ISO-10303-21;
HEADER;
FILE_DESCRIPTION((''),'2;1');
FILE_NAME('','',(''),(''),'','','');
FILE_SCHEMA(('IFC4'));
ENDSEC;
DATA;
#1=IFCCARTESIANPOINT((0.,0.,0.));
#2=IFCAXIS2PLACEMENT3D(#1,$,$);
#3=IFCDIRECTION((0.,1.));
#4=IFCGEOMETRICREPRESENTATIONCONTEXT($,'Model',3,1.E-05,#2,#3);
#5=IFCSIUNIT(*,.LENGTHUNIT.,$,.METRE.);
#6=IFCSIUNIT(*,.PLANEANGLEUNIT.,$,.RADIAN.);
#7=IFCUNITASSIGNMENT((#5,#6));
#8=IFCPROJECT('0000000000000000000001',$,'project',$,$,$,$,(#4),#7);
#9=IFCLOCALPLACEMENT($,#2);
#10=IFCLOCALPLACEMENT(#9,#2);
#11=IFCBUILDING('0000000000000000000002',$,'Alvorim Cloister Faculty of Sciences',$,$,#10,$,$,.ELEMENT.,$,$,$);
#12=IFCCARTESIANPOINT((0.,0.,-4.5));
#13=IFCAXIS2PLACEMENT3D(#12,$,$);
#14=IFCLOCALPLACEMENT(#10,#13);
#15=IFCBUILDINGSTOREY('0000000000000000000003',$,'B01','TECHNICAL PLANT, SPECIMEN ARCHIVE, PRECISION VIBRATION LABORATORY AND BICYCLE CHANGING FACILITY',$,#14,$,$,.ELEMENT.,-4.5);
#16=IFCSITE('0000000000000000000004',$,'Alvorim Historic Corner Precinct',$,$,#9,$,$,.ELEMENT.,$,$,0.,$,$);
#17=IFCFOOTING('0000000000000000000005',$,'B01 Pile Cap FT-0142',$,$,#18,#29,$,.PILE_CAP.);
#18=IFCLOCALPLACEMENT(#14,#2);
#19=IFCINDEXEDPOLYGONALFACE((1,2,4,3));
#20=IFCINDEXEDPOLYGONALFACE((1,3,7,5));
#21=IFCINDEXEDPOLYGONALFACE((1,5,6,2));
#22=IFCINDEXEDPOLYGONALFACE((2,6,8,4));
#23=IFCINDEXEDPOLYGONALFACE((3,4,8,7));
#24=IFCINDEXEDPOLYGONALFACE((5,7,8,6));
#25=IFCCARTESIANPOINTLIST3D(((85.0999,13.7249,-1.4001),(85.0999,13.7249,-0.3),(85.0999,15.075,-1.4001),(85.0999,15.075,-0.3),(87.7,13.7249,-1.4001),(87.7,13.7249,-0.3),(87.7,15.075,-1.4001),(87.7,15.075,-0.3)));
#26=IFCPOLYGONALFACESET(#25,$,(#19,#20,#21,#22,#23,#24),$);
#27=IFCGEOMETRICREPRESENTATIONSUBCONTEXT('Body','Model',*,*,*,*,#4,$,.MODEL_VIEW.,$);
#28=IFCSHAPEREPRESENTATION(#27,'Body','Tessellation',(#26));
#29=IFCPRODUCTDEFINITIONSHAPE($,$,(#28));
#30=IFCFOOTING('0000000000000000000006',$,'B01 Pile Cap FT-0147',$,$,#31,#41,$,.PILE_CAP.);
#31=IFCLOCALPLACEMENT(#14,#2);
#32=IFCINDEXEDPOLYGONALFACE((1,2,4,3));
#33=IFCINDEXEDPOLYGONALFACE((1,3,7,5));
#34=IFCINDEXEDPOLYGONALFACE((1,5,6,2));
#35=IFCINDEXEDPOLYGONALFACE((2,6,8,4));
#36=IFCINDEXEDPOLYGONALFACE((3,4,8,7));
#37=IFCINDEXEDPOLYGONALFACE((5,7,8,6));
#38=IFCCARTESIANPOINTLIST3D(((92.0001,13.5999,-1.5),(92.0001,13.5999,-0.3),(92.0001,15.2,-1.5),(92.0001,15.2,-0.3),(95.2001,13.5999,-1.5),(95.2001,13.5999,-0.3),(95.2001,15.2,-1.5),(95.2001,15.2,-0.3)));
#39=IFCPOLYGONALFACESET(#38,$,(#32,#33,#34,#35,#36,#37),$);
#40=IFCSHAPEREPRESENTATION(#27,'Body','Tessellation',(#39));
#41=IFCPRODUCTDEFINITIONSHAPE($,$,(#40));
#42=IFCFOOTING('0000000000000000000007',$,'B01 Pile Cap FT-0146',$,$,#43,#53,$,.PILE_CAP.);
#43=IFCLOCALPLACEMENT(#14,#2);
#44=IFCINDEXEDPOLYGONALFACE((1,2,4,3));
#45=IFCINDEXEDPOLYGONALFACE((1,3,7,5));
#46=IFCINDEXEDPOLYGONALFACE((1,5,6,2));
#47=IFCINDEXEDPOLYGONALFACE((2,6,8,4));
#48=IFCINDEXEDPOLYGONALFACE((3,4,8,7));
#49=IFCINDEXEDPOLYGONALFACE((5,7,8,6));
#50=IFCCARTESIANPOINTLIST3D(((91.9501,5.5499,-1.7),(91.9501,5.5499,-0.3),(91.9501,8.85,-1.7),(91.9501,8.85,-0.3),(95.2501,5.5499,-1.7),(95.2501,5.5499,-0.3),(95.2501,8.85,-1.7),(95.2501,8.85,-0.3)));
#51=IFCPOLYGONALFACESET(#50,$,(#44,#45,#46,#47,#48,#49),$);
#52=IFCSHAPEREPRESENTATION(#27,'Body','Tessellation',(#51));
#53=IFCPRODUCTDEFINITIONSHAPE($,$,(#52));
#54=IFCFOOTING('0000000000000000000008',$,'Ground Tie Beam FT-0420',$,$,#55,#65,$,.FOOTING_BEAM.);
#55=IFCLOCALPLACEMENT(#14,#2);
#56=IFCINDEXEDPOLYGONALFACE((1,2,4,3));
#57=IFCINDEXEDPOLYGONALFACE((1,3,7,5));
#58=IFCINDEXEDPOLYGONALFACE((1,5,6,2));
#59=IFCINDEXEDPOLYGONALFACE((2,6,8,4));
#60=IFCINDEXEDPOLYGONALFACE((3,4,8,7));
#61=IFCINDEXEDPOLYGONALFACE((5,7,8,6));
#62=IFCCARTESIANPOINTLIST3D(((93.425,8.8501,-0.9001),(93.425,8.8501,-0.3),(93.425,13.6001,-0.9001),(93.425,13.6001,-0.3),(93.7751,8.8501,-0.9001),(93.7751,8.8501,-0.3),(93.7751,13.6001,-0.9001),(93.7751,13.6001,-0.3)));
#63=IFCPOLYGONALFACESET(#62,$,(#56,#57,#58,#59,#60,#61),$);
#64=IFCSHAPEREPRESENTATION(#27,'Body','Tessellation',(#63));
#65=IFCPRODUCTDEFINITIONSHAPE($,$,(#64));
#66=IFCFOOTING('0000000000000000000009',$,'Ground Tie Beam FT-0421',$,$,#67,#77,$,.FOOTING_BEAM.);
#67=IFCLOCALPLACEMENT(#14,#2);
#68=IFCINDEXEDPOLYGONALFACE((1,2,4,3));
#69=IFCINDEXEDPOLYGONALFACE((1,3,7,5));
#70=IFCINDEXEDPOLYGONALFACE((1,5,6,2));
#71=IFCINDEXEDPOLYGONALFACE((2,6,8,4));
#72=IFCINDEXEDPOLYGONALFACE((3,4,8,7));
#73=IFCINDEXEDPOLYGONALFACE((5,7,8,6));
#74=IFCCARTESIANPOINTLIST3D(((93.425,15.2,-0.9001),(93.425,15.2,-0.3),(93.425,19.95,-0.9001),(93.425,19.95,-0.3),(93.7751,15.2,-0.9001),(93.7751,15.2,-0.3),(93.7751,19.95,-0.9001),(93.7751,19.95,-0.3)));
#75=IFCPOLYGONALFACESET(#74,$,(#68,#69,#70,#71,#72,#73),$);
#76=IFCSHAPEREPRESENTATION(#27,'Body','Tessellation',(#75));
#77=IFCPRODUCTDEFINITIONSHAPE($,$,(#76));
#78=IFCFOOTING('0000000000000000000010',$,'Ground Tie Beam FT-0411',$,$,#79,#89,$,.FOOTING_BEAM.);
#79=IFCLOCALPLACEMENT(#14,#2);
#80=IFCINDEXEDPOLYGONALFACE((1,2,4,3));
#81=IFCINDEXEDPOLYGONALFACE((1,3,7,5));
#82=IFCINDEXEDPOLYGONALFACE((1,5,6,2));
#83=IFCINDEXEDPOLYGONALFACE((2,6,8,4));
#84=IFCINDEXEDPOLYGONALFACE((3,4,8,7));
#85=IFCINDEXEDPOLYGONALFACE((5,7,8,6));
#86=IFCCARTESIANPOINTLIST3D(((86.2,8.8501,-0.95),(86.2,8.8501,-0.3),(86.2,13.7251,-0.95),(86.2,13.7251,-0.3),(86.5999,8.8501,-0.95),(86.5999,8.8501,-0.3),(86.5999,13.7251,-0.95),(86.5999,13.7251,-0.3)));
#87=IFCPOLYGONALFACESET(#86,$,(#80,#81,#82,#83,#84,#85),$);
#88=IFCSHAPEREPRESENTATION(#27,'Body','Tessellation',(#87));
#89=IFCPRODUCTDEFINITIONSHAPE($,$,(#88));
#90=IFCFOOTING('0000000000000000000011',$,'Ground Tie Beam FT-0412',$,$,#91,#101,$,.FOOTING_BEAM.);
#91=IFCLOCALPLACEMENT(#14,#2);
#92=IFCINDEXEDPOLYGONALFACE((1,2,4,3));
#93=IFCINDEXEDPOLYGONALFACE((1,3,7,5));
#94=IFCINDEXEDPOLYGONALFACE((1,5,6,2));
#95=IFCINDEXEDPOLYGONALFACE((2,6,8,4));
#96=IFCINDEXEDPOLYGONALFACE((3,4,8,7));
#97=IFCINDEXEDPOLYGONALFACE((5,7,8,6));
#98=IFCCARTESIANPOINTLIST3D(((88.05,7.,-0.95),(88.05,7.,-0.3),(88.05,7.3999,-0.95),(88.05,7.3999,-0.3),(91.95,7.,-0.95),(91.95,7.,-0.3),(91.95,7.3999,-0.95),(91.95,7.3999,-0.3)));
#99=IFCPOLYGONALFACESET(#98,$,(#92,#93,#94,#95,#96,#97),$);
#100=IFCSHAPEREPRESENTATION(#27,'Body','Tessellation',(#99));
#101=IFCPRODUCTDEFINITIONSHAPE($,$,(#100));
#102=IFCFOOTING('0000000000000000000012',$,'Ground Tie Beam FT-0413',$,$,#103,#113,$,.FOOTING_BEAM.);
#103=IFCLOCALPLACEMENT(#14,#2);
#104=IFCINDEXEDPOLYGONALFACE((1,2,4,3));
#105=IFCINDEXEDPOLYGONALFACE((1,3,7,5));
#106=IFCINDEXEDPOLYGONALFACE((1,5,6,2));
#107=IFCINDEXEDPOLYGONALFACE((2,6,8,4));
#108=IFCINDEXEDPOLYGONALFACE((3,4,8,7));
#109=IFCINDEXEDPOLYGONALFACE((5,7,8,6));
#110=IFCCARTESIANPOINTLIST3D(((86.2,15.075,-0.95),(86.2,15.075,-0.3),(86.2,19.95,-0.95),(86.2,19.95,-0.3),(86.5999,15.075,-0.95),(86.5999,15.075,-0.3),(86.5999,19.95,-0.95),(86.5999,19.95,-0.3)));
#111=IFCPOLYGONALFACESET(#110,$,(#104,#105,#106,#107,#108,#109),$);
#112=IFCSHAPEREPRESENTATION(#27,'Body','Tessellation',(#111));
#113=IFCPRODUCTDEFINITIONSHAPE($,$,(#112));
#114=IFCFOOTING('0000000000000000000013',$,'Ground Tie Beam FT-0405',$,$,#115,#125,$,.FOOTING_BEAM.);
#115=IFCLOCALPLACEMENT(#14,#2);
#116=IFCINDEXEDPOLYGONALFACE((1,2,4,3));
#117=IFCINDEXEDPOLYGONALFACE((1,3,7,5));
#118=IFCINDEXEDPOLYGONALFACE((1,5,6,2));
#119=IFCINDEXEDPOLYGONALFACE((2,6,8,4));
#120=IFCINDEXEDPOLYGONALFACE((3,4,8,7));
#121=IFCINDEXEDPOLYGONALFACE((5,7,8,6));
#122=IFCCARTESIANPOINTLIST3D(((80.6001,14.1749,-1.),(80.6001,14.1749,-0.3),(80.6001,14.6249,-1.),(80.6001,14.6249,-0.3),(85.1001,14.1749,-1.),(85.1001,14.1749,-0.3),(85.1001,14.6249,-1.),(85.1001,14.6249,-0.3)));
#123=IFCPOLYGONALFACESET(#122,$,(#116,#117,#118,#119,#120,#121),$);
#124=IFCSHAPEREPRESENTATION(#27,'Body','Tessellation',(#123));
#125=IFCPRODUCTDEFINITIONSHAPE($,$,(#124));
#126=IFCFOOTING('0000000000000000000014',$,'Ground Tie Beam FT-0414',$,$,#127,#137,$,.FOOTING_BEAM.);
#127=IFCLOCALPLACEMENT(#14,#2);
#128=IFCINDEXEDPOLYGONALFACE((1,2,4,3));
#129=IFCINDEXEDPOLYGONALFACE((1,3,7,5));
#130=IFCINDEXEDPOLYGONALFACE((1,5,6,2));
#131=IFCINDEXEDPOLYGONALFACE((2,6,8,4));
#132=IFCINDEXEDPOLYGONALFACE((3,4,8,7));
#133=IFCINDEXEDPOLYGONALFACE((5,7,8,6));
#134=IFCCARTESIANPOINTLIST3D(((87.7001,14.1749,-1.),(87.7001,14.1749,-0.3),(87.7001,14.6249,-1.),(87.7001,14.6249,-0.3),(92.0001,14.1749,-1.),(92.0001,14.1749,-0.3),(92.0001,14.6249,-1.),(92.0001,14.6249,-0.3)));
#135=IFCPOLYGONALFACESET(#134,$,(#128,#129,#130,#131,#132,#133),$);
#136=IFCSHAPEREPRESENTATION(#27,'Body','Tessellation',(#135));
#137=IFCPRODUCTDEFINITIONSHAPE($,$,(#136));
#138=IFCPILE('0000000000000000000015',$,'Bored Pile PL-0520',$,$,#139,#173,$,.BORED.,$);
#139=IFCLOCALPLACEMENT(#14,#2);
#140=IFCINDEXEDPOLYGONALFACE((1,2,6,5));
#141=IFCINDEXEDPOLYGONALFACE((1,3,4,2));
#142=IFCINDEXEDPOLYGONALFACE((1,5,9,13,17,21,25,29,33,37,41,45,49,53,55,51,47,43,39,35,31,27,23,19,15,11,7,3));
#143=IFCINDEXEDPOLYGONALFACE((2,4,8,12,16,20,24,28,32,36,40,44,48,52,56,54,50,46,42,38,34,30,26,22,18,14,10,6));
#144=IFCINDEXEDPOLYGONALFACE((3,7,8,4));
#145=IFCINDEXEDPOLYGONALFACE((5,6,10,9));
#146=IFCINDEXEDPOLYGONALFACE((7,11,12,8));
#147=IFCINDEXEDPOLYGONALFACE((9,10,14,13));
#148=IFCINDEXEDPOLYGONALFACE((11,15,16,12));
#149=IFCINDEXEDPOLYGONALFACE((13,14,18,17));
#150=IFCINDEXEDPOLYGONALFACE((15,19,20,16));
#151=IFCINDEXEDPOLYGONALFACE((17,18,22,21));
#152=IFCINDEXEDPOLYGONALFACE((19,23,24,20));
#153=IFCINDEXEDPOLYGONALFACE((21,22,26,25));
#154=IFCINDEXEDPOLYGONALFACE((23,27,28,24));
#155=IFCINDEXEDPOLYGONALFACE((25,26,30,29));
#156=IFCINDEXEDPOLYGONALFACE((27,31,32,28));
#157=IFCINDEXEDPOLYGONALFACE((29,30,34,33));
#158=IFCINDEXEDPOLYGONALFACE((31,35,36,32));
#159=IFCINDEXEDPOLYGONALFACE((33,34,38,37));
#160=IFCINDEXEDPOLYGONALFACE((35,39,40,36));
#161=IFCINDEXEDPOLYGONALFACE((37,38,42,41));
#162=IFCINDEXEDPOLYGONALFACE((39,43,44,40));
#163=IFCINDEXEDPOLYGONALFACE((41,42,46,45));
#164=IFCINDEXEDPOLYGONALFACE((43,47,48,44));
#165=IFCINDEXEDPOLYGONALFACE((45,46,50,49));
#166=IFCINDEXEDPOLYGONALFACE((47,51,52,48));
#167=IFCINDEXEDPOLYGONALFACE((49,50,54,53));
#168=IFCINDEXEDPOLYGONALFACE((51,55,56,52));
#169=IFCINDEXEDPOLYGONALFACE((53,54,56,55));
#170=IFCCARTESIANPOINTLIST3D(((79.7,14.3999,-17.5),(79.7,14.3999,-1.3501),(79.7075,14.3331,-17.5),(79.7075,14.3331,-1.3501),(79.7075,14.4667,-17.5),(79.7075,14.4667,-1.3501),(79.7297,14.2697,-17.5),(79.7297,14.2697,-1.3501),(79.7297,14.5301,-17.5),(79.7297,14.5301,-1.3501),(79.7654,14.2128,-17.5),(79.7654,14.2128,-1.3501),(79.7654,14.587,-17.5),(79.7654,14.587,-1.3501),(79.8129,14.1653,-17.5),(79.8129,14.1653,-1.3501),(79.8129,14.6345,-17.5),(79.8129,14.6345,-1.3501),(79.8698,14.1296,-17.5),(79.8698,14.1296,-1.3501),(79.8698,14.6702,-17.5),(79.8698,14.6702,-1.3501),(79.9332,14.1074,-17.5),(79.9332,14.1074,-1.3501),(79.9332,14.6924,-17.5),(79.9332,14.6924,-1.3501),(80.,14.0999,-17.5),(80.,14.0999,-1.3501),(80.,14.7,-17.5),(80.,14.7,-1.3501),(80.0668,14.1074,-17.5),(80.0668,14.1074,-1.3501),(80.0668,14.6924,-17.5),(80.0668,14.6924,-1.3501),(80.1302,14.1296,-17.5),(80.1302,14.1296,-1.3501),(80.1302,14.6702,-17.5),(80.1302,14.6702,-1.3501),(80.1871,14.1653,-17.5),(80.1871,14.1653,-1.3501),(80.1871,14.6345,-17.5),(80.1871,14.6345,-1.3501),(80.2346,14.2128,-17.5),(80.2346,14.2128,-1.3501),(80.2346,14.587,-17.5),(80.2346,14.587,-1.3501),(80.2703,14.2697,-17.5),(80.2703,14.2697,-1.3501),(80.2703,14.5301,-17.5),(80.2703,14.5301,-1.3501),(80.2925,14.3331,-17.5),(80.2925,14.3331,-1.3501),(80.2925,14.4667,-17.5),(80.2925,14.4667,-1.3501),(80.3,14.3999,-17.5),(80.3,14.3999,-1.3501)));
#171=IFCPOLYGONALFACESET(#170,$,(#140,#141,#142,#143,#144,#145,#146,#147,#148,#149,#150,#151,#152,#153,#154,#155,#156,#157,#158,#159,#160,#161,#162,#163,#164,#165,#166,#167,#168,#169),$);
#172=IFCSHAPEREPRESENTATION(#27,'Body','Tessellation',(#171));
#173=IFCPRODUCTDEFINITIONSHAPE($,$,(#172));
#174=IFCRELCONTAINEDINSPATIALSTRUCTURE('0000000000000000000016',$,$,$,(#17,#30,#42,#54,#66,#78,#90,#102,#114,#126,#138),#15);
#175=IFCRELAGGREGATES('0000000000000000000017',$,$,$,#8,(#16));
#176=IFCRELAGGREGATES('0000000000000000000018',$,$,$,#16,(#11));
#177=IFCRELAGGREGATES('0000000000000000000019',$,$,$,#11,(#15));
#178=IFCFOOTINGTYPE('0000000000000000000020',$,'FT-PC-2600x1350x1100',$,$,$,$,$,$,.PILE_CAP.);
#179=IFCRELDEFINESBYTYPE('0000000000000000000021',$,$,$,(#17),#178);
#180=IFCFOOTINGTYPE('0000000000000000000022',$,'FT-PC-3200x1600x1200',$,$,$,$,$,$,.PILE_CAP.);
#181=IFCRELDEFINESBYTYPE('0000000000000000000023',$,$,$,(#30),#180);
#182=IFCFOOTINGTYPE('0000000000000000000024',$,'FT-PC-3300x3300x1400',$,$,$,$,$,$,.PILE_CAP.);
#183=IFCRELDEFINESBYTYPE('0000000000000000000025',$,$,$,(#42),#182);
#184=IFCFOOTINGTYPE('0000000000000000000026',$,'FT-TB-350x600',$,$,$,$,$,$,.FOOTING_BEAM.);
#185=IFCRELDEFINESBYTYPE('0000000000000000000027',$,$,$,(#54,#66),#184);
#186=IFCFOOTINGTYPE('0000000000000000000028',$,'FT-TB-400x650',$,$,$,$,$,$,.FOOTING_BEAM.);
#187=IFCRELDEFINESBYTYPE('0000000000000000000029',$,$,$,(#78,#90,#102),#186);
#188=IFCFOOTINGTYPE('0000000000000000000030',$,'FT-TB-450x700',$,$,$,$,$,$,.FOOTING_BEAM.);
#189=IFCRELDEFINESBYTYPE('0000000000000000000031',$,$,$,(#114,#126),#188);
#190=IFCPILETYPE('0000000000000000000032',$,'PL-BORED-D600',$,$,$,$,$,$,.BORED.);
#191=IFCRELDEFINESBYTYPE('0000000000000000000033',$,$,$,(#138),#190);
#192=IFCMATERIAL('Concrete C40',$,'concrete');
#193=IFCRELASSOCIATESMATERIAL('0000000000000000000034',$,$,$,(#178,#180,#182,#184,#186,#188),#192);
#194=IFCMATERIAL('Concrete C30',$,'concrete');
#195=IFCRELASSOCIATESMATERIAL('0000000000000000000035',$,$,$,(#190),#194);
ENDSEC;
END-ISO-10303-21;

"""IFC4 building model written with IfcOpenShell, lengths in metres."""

from ifc_helpers import new_model, si_unit, direction, frame, origin, origin_2d, place, context, subcontext, project, spatial, rectangle, circle, extrude, material, material_profile, profile_set, type_object, element, save


model = new_model("IFC4")

# Units and contexts
model_context = context("Model", 3, precision=1e-05, world=origin(), true_north=direction((0.0, 1.0)))
body_context = subcontext(model_context, "Body", "Model", "MODEL_VIEW")
ifc_project = project(units=[si_unit("LENGTHUNIT", "METRE"), si_unit("PLANEANGLEUNIT", "RADIAN")], contexts=[model_context])

# Site, building, storey
site_placement = place(None, origin())
site = spatial("IfcSite", under=ifc_project, at=site_placement, Name="Alvorim Historic Corner Precinct", CompositionType="ELEMENT", RefElevation=0.0)
building_placement = place(site_placement, origin())
building = spatial("IfcBuilding", under=site, at=building_placement, Name="Alvorim Cloister Faculty of Sciences", CompositionType="ELEMENT")
storey_placement = place(building_placement, frame((0.0, 0.0, -4.5)))
storey = spatial("IfcBuildingStorey", under=building, at=storey_placement, Name="B01", Description="TECHNICAL PLANT, SPECIMEN ARCHIVE, PRECISION VIBRATION LABORATORY AND BICYCLE CHANGING FACILITY", CompositionType="ELEMENT", Elevation=-4.5)

# Footings
ifc_material_1 = material(Name="Concrete C40", Category="concrete")
footing_type_1 = type_object("IfcFootingType", Name="FT-PC-2600x1350x1100", PredefinedType="PILE_CAP", material=ifc_material_1)
footing_1_placement = place(storey_placement, frame((86.3999, 14.3999, -1.4001), z_axis=(0.0, 0.0, 1.0), x_axis=(1.0, 0.0, 0.0)))
element("IfcFooting", 1, at=footing_1_placement, inside=storey, type_object=footing_type_1, Name="B01 Pile Cap FT-0142", PredefinedType="PILE_CAP", context=body_context, shape_type="SweptSolid", body=[
    extrude(rectangle(XDim=2.6001, YDim=1.3501, at=origin_2d()), origin(), (0.0, 0.0, 1.0), 1.1001),
])
footing_type_2 = type_object("IfcFootingType", Name="FT-PC-3200x1600x1200", PredefinedType="PILE_CAP", material=ifc_material_1)
footing_2_placement = place(storey_placement, frame((93.6001, 14.3999, -1.5), z_axis=(0.0, 0.0, 1.0), x_axis=(1.0, 0.0, 0.0)))
element("IfcFooting", 2, at=footing_2_placement, inside=storey, type_object=footing_type_2, Name="B01 Pile Cap FT-0147", PredefinedType="PILE_CAP", context=body_context, shape_type="SweptSolid", body=[
    extrude(rectangle(XDim=3.2, YDim=1.6001, at=origin_2d()), origin(), (0.0, 0.0, 1.0), 1.2),
])
footing_type_3 = type_object("IfcFootingType", Name="FT-PC-3300x3300x1400", PredefinedType="PILE_CAP", material=ifc_material_1)
footing_3_placement = place(storey_placement, frame((93.6001, 7.2, -1.7), z_axis=(0.0, 0.0, 1.0), x_axis=(1.0, 0.0, 0.0)))
element("IfcFooting", 3, at=footing_3_placement, inside=storey, type_object=footing_type_3, Name="B01 Pile Cap FT-0146", PredefinedType="PILE_CAP", context=body_context, shape_type="SweptSolid", body=[
    extrude(rectangle(XDim=3.3, YDim=3.3, at=origin_2d()), origin(), (0.0, 0.0, 1.0), 1.3999),
])
footing_type_4 = type_object("IfcFootingType", Name="FT-TB-350x600", PredefinedType="FOOTING_BEAM", material=ifc_material_1)
for number, where, z_axis, x_axis, name in (
    (4, (93.6001, 11.2251, -0.9001), (0.0, 0.0, 1.0), (1.0, 0.0, 0.0), "Ground Tie Beam FT-0420"),
    (5, (93.6001, 17.575, -0.9001), (0.0, 0.0, 1.0), (1.0, 0.0, 0.0), "Ground Tie Beam FT-0421"),
):
    element("IfcFooting", number, at=place(storey_placement, frame(where, z_axis=z_axis, x_axis=x_axis)), inside=storey, type_object=footing_type_4, Name=name, PredefinedType="FOOTING_BEAM", context=body_context, shape_type="SweptSolid", body=[
        extrude(rectangle(XDim=0.3501, YDim=4.75, at=origin_2d()), origin(), (0.0, 0.0, 1.0), 0.6001),
    ])
footing_type_5 = type_object("IfcFootingType", Name="FT-TB-400x650", PredefinedType="FOOTING_BEAM", material=ifc_material_1)
footing_4_placement = place(storey_placement, frame((86.3999, 11.2876, -0.95), z_axis=(0.0, 0.0, 1.0), x_axis=(1.0, 0.0, 0.0)))
element("IfcFooting", 6, at=footing_4_placement, inside=storey, type_object=footing_type_5, Name="Ground Tie Beam FT-0411", PredefinedType="FOOTING_BEAM", context=body_context, shape_type="SweptSolid", body=[
    extrude(rectangle(XDim=0.3999, YDim=4.875, at=origin_2d()), origin(), (0.0, 0.0, 1.0), 0.6499),
])
footing_5_placement = place(storey_placement, frame((90.0, 7.2, -0.95), z_axis=(0.0, 0.0, 1.0), x_axis=(1.0, 0.0, 0.0)))
element("IfcFooting", 7, at=footing_5_placement, inside=storey, type_object=footing_type_5, Name="Ground Tie Beam FT-0412", PredefinedType="FOOTING_BEAM", context=body_context, shape_type="SweptSolid", body=[
    extrude(rectangle(XDim=3.8999, YDim=0.3999, at=origin_2d()), origin(), (0.0, 0.0, 1.0), 0.6499),
])
footing_6_placement = place(storey_placement, frame((86.3999, 17.5125, -0.95), z_axis=(0.0, 0.0, 1.0), x_axis=(1.0, 0.0, 0.0)))
element("IfcFooting", 8, at=footing_6_placement, inside=storey, type_object=footing_type_5, Name="Ground Tie Beam FT-0413", PredefinedType="FOOTING_BEAM", context=body_context, shape_type="SweptSolid", body=[
    extrude(rectangle(XDim=0.3999, YDim=4.875, at=origin_2d()), origin(), (0.0, 0.0, 1.0), 0.6499),
])
footing_type_6 = type_object("IfcFootingType", Name="FT-TB-450x700", PredefinedType="FOOTING_BEAM", material=ifc_material_1)
footing_7_placement = place(storey_placement, frame((82.8501, 14.3999, -1.0), z_axis=(0.0, 0.0, 1.0), x_axis=(1.0, 0.0, 0.0)))
element("IfcFooting", 9, at=footing_7_placement, inside=storey, type_object=footing_type_6, Name="Ground Tie Beam FT-0405", PredefinedType="FOOTING_BEAM", context=body_context, shape_type="SweptSolid", body=[
    extrude(rectangle(XDim=4.5, YDim=0.45, at=origin_2d()), origin(), (0.0, 0.0, 1.0), 0.7),
])
footing_8_placement = place(storey_placement, frame((89.8501, 14.3999, -1.0), z_axis=(0.0, 0.0, 1.0), x_axis=(1.0, 0.0, 0.0)))
element("IfcFooting", 10, at=footing_8_placement, inside=storey, type_object=footing_type_6, Name="Ground Tie Beam FT-0414", PredefinedType="FOOTING_BEAM", context=body_context, shape_type="SweptSolid", body=[
    extrude(rectangle(XDim=4.3, YDim=0.45, at=origin_2d()), origin(), (0.0, 0.0, 1.0), 0.7),
])

# Pile
ifc_material_2 = material(Name="Concrete C30", Category="concrete")
ifc_material_profile_1 = material_profile(ifc_material_2, circle(Radius=0.3, at=origin_2d()), Name="PILE-D600")
ifc_profile_set_1 = profile_set([ifc_material_profile_1], Name="Concrete C30")
pile_type_1 = type_object("IfcPileType", Name="PL-BORED-D600", PredefinedType="BORED", material=ifc_profile_set_1)
pile_1_placement = place(storey_placement, frame((80.0, 14.3999, -1.3501), z_axis=(0.0, 0.0, -1.0), x_axis=(1.0, 0.0, 0.0)))
element("IfcPile", 11, at=pile_1_placement, inside=storey, type_object=pile_type_1, Name="Bored Pile PL-0520", PredefinedType="BORED", context=body_context, shape_type="SweptSolid", body=[
    extrude(circle(Radius=0.3, at=origin_2d()), origin(), (0.0, 0.0, 1.0), 16.1499),
])

save(model, "model.ifc")
